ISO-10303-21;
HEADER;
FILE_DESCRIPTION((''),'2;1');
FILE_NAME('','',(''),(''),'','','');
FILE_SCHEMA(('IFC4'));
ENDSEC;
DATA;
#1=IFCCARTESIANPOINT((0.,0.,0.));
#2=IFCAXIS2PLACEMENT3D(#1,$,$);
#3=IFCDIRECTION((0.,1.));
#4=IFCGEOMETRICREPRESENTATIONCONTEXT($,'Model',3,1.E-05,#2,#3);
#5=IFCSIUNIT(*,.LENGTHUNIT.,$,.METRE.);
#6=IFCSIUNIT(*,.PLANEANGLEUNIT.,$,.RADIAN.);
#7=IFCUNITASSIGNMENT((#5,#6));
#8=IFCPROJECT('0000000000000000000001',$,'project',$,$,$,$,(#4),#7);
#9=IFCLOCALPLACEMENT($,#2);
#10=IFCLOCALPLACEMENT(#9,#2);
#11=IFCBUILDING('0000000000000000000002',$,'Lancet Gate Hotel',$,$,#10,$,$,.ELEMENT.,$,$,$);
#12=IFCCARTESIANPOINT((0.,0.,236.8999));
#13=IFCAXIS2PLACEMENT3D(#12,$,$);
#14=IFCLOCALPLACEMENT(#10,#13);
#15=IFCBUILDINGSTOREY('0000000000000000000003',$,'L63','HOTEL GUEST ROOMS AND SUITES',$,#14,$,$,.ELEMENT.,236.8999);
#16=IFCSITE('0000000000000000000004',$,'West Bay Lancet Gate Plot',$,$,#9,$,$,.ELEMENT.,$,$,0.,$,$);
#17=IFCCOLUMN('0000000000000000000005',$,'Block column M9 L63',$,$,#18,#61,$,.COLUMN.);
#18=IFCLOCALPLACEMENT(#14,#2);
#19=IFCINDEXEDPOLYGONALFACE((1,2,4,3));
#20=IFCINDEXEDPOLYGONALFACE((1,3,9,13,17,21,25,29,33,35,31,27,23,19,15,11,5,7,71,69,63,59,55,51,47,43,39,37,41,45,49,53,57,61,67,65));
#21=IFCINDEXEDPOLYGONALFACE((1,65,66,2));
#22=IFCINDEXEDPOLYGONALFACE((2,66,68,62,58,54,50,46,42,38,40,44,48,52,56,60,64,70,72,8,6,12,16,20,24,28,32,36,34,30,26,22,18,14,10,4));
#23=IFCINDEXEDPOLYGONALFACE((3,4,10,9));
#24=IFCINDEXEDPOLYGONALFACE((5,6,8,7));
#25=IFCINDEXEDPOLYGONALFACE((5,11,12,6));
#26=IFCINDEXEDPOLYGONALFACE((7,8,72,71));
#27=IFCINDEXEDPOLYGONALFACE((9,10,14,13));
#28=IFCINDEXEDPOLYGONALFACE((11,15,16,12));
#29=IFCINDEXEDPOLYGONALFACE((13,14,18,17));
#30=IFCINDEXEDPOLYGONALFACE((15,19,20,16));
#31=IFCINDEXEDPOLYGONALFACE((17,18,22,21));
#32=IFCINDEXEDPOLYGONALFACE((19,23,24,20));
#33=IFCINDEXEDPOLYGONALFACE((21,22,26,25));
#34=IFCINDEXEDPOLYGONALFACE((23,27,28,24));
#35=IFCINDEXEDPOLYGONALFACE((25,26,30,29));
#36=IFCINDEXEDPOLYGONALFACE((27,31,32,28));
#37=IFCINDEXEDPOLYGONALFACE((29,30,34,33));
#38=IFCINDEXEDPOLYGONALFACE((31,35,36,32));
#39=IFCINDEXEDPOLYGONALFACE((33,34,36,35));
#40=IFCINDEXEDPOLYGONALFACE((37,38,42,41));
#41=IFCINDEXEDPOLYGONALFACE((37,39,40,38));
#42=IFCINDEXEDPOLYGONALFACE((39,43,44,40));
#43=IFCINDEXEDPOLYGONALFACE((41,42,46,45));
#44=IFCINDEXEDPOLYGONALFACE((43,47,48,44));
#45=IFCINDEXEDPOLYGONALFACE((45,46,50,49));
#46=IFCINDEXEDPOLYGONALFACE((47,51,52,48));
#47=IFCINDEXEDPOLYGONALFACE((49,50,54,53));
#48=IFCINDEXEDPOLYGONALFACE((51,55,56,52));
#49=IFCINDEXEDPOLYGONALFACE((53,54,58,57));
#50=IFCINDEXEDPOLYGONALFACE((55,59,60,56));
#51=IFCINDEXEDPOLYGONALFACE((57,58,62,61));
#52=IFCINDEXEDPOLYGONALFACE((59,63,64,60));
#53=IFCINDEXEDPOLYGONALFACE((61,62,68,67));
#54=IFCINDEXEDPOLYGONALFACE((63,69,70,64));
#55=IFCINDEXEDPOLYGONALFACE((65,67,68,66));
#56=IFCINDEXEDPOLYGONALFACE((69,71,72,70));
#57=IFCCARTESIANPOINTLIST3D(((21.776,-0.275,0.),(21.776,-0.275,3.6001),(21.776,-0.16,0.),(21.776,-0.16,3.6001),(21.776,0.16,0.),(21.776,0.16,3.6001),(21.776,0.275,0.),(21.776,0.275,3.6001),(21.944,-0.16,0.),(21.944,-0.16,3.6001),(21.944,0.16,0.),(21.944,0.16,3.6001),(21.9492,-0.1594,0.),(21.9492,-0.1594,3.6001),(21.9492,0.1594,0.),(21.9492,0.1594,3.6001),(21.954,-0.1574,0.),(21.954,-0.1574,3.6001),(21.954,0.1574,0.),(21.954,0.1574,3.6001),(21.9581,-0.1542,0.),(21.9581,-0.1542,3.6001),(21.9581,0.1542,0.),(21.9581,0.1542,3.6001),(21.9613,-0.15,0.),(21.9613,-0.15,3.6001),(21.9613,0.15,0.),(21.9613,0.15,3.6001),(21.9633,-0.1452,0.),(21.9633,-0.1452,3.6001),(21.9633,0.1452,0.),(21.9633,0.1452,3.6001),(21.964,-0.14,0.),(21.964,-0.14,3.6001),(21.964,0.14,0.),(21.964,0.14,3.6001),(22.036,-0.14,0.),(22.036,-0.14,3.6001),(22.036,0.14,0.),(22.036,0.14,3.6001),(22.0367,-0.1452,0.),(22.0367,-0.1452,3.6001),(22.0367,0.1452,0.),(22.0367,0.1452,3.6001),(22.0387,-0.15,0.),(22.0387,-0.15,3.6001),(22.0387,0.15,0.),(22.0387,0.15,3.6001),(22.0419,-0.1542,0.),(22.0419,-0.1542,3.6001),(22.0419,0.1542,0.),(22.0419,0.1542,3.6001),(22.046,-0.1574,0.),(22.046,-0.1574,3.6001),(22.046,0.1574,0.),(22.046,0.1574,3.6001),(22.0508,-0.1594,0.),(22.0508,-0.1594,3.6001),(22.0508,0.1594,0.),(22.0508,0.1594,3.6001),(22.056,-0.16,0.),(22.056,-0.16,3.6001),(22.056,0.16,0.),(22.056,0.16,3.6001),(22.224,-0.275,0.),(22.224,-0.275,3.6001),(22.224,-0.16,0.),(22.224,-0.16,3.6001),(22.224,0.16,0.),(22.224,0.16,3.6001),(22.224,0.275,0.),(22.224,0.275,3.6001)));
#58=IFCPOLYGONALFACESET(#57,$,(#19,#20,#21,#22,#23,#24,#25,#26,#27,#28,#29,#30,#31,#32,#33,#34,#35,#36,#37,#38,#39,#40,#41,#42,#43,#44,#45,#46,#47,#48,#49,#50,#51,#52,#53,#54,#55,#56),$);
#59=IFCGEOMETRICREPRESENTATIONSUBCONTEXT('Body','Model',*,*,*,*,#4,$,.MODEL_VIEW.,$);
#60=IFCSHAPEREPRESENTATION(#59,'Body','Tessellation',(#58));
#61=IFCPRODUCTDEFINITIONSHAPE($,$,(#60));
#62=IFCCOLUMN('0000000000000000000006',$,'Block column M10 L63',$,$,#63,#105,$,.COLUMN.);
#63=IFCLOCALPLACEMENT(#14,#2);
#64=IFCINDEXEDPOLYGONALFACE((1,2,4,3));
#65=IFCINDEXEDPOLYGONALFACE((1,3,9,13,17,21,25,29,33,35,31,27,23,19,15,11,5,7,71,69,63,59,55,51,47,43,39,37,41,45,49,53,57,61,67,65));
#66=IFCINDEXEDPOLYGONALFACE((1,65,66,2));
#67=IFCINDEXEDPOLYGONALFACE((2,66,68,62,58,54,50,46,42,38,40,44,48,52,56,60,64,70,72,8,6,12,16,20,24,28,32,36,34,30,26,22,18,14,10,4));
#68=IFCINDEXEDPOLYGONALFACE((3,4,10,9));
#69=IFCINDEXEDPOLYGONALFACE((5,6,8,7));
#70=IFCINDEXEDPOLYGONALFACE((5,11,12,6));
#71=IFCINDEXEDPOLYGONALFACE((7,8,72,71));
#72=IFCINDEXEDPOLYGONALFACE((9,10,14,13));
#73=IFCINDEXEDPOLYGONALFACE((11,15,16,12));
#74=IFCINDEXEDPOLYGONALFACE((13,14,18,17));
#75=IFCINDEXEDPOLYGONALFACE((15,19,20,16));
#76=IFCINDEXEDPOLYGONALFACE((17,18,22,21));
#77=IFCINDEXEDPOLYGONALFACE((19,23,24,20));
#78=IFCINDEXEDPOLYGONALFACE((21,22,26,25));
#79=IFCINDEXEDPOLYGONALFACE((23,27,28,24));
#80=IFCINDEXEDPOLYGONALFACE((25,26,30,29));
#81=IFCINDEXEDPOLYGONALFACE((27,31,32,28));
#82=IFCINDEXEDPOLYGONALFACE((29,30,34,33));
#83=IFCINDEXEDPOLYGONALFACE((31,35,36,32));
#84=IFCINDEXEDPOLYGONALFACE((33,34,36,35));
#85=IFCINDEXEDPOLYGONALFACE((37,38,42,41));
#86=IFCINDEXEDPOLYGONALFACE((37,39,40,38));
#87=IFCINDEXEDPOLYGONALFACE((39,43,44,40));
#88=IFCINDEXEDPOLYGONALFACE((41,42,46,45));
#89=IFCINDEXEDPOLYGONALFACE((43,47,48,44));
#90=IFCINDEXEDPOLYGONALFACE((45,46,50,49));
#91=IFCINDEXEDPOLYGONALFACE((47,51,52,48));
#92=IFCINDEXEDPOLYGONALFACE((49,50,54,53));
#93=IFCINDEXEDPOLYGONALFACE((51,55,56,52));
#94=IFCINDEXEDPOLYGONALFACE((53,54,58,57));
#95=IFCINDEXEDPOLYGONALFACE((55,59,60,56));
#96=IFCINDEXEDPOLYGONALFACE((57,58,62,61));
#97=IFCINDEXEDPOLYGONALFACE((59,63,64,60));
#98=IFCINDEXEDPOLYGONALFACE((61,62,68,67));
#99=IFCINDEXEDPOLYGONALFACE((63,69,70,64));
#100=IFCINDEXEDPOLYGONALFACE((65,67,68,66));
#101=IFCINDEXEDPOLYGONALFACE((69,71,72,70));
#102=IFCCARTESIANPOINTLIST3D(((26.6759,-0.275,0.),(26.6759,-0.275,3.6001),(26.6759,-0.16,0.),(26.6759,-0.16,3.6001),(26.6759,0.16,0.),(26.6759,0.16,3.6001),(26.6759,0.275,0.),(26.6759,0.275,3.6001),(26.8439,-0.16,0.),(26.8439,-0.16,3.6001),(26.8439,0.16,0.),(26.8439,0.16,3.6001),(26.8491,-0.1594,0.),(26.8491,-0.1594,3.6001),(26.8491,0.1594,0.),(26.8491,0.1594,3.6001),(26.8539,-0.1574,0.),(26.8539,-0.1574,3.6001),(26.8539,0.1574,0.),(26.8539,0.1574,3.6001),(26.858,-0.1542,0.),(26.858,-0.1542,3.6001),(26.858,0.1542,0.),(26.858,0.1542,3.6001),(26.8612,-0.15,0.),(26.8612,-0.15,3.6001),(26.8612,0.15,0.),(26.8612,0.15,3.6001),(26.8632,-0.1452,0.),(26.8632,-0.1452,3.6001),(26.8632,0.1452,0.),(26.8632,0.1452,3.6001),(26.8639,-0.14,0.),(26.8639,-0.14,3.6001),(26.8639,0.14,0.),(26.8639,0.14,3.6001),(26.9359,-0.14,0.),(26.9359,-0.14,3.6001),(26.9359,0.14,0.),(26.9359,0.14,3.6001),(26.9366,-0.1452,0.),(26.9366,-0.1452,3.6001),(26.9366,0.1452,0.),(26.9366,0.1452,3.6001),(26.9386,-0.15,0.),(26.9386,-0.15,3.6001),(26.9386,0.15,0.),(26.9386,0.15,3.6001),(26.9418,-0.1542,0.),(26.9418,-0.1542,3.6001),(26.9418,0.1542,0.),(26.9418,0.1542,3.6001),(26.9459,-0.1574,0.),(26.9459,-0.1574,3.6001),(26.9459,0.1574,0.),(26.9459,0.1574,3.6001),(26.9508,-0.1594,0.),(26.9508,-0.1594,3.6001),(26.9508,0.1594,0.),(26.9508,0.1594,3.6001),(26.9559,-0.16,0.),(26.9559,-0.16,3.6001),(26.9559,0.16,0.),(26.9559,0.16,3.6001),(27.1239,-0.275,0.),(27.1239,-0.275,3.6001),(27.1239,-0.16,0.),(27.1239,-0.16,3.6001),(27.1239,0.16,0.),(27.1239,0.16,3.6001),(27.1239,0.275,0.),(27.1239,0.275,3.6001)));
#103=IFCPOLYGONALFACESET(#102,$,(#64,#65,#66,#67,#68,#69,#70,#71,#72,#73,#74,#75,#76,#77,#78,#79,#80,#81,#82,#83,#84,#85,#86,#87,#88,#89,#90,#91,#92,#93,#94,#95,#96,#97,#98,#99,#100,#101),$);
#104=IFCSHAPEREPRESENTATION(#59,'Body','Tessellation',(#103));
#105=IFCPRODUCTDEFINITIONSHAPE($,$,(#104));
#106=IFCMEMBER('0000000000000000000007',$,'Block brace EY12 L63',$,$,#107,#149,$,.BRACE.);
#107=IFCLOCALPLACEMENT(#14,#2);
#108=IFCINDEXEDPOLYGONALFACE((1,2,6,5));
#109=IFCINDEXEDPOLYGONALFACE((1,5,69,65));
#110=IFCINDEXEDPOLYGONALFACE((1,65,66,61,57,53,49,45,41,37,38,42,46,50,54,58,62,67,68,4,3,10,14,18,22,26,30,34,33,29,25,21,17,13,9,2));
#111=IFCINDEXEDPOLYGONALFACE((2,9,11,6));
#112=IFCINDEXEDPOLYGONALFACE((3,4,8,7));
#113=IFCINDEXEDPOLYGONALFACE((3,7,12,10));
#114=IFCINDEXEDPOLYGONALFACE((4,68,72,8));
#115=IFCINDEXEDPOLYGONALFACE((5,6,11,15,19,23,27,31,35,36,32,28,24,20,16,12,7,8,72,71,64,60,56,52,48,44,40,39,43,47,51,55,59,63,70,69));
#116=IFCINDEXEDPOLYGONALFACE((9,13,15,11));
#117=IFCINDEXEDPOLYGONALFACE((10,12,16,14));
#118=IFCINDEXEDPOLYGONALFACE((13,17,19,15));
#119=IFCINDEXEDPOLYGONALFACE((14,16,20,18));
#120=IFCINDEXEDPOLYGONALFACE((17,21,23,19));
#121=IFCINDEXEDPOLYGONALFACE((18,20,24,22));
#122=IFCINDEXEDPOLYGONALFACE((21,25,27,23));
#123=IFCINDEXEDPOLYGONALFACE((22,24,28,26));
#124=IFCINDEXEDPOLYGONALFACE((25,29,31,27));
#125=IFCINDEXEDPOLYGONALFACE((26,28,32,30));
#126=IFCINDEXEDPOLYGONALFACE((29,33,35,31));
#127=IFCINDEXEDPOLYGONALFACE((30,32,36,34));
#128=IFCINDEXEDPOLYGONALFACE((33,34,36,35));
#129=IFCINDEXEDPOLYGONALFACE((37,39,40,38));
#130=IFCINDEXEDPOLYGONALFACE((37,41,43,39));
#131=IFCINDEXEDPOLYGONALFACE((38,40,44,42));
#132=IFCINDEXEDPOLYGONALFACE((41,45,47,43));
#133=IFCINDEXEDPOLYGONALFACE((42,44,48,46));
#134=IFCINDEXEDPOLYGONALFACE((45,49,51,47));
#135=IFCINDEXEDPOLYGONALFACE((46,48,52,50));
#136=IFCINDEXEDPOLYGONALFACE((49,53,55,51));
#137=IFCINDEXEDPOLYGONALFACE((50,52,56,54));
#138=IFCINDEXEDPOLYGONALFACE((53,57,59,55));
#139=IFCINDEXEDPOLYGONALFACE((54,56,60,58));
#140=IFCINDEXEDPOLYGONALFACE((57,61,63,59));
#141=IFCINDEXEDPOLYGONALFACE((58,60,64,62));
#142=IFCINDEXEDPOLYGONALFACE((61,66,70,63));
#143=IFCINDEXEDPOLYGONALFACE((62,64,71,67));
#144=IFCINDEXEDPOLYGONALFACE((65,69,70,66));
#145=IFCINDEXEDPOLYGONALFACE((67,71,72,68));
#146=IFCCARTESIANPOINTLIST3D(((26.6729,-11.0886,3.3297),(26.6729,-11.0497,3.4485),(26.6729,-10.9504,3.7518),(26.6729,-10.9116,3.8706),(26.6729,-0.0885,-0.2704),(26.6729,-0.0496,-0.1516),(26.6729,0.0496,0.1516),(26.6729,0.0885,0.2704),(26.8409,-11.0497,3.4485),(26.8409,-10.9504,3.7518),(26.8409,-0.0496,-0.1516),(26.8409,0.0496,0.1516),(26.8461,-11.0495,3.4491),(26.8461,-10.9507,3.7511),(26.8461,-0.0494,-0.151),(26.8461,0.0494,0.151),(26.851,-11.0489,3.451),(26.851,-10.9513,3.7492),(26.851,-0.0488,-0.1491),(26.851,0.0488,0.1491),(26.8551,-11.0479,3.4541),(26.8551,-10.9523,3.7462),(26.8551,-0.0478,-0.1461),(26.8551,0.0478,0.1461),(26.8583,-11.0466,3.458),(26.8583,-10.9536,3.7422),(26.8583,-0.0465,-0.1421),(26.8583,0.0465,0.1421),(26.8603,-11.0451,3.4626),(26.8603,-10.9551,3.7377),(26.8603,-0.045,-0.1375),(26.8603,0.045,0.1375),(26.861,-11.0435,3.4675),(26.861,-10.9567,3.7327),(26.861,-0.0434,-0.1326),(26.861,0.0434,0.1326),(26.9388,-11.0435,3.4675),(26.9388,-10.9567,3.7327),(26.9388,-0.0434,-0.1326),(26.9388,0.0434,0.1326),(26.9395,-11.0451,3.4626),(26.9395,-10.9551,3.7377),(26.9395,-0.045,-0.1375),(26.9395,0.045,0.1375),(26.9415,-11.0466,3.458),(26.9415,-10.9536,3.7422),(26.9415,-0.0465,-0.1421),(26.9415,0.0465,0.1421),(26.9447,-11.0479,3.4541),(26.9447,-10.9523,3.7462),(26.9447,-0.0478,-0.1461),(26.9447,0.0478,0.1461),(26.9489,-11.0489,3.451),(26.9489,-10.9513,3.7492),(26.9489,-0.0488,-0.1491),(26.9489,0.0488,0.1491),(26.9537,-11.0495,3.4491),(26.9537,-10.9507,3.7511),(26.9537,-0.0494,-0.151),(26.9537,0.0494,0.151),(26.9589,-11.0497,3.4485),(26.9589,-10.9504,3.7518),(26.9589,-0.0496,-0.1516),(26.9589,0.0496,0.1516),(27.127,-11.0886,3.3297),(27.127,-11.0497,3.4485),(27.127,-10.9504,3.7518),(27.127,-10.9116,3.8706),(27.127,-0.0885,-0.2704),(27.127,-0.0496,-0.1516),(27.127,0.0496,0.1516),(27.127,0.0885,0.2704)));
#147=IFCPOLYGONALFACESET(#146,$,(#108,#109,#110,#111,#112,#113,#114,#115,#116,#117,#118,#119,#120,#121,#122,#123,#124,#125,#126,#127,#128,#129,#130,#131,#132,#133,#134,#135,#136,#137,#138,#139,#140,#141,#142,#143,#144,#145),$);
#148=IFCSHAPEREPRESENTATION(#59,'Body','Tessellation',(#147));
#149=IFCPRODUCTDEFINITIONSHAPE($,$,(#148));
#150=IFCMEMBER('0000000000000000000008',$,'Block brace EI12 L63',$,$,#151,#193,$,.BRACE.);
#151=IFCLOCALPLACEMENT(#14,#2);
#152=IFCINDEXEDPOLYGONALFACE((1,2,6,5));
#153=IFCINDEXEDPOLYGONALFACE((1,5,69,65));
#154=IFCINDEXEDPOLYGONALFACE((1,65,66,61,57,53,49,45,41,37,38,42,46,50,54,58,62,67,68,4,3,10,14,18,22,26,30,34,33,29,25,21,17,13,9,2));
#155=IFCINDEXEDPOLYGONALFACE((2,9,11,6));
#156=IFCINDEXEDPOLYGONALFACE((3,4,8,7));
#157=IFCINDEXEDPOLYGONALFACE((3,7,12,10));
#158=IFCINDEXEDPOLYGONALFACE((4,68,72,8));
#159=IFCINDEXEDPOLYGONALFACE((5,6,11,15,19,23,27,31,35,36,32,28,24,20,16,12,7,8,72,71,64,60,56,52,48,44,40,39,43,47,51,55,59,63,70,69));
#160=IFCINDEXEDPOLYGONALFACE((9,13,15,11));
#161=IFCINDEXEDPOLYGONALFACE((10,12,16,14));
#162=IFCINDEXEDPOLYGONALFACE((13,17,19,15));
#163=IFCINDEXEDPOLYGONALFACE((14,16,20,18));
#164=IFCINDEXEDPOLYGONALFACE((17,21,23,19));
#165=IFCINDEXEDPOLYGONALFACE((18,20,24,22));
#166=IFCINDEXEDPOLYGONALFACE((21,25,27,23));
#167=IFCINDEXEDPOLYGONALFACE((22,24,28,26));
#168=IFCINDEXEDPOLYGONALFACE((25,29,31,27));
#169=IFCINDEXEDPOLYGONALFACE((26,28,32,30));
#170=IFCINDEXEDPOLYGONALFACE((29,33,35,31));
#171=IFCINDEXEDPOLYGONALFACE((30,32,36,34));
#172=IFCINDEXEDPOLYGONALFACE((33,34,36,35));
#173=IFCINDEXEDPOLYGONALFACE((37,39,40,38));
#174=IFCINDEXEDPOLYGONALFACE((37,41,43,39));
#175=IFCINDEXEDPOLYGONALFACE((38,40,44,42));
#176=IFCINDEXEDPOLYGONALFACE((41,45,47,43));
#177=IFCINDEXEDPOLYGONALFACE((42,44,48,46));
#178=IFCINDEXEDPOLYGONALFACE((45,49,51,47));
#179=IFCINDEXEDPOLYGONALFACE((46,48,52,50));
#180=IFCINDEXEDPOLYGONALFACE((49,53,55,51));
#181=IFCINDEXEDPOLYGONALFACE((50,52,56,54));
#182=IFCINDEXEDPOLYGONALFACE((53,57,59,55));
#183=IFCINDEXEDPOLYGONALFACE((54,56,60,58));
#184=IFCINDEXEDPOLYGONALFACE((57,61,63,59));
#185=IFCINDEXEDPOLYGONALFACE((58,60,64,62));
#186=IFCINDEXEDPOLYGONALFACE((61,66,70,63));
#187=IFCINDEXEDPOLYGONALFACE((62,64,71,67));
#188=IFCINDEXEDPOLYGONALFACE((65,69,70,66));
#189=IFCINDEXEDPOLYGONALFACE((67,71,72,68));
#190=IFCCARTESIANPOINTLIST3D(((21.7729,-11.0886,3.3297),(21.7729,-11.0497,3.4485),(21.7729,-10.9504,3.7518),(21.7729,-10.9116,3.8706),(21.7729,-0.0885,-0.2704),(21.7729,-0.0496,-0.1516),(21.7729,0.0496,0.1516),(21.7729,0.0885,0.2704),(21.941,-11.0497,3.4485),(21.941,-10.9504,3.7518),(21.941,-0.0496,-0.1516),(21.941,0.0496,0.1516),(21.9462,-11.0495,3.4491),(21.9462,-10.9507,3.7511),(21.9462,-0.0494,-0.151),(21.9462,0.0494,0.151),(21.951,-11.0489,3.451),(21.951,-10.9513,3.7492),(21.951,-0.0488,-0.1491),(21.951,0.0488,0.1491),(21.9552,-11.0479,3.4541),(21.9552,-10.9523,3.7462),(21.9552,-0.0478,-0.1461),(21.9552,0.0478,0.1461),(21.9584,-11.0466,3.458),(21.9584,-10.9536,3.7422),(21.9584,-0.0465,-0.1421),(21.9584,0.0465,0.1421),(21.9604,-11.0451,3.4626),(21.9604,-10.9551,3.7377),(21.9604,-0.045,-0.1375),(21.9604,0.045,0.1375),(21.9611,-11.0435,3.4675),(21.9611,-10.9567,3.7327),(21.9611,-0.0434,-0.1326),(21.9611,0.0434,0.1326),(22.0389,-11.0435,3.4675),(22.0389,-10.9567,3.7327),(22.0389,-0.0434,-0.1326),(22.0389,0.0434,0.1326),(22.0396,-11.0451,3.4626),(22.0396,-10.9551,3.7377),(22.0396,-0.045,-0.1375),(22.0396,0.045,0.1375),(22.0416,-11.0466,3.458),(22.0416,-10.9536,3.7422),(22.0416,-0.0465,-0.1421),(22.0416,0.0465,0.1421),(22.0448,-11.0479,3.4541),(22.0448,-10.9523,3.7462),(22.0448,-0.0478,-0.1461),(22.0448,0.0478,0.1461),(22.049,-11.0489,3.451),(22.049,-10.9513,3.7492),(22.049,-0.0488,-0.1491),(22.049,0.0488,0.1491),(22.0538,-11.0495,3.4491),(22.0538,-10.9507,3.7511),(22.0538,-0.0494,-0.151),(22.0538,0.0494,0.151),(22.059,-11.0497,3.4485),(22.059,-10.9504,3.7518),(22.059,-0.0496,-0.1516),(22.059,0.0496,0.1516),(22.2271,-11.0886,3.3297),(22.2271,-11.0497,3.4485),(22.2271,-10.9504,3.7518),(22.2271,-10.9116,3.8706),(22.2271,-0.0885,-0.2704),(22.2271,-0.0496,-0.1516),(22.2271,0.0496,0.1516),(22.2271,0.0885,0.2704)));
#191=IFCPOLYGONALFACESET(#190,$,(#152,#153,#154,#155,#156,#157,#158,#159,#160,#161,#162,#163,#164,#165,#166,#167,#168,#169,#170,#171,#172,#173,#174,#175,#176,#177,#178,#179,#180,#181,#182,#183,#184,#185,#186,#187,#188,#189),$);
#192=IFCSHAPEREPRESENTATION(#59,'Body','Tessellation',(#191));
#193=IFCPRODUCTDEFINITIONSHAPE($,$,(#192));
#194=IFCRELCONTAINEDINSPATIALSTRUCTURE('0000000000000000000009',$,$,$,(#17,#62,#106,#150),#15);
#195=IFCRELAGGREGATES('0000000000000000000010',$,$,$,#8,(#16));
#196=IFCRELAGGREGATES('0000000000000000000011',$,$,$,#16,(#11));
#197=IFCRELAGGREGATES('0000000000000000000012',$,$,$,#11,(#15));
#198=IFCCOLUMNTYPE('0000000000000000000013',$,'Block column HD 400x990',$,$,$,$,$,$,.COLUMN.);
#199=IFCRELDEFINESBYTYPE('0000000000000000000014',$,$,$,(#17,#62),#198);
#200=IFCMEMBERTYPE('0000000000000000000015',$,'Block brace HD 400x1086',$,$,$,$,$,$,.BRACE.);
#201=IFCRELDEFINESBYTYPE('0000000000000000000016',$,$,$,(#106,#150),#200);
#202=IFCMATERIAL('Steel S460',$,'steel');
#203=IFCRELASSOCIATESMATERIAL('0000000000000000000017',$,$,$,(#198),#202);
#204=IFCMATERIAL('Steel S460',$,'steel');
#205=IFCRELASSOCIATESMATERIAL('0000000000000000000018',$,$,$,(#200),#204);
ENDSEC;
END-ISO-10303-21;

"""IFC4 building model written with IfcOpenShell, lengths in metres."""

from ifc_helpers import new_model, si_unit, direction, frame, origin, origin_2d, place, context, subcontext, project, spatial, i_section, extrude, material, material_profile, profile_set, type_object, element, save


model = new_model("IFC4")

# Units and contexts
model_context = context("Model", 3, precision=1e-05, world=origin(), true_north=direction((0.0, 1.0)))
body_context = subcontext(model_context, "Body", "Model", "MODEL_VIEW")
ifc_project = project(units=[si_unit("LENGTHUNIT", "METRE"), si_unit("PLANEANGLEUNIT", "RADIAN")], contexts=[model_context])

# Site, building, storey
site_placement = place(None, origin())
site = spatial("IfcSite", under=ifc_project, at=site_placement, Name="West Bay Lancet Gate Plot", CompositionType="ELEMENT", RefElevation=0.0)
building_placement = place(site_placement, origin())
building = spatial("IfcBuilding", under=site, at=building_placement, Name="Lancet Gate Hotel", CompositionType="ELEMENT")
storey_placement = place(building_placement, frame((0.0, 0.0, 236.8999)))
storey = spatial("IfcBuildingStorey", under=building, at=storey_placement, Name="L63", Description="HOTEL GUEST ROOMS AND SUITES", CompositionType="ELEMENT", Elevation=236.8999)

# Columns
ifc_material_1 = material(Name="Steel S460", Category="steel")
ifc_material_profile_1 = material_profile(ifc_material_1, i_section(OverallWidth=0.448, OverallDepth=0.55, WebThickness=0.072, FlangeThickness=0.115, FilletRadius=0.02, at=origin_2d()), Name="HD 400x990")
ifc_profile_set_1 = profile_set([ifc_material_profile_1], Name="Steel S460")
column_type = type_object("IfcColumnType", Name="Block column HD 400x990", PredefinedType="COLUMN", material=ifc_profile_set_1)
for number, where, z_axis, x_axis, name in (
    (1, (22.0, 0.0, 0.0), (0.0, 0.0, 1.0), (1.0, 0.0, 0.0), "Block column M9 L63"),
    (2, (26.8999, 0.0, 0.0), (0.0, 0.0, 1.0), (1.0, 0.0, 0.0), "Block column M10 L63"),
):
    element("IfcColumn", number, at=place(storey_placement, frame(where, z_axis=z_axis, x_axis=x_axis)), inside=storey, type_object=column_type, Name=name, PredefinedType="COLUMN", context=body_context, shape_type="SweptSolid", body=[
        extrude(i_section(OverallWidth=0.448, OverallDepth=0.55, WebThickness=0.072, FlangeThickness=0.115, FilletRadius=0.02, at=origin_2d()), origin(), (0.0, 0.0, 1.0), 3.6001),
    ])

# Members
ifc_material_2 = material(Name="Steel S460", Category="steel")
ifc_material_profile_2 = material_profile(ifc_material_2, i_section(OverallWidth=0.4541, OverallDepth=0.5691, WebThickness=0.0779, FlangeThickness=0.125, FilletRadius=0.02, at=origin_2d()), Name="HD 400x1086")
ifc_profile_set_2 = profile_set([ifc_material_profile_2], Name="Steel S460")
member_type = type_object("IfcMemberType", Name="Block brace HD 400x1086", PredefinedType="BRACE", material=ifc_profile_set_2)
for number, where, z_axis, x_axis, name in (
    (3, (26.8999, 0.0, 0.0), (0.0, -0.950395, 0.311047), (1.0, 0.0, 0.0), "Block brace EY12 L63"),
    (4, (22.0, 0.0, 0.0), (0.0, -0.950395, 0.311047), (1.0, 0.0, 0.0), "Block brace EI12 L63"),
):
    element("IfcMember", number, at=place(storey_placement, frame(where, z_axis=z_axis, x_axis=x_axis)), inside=storey, type_object=member_type, Name=name, PredefinedType="BRACE", context=body_context, shape_type="SweptSolid", body=[
        extrude(i_section(OverallWidth=0.4541, OverallDepth=0.5691, WebThickness=0.0779, FlangeThickness=0.125, FilletRadius=0.02, at=origin_2d()), origin(), (0.0, 0.0, 1.0), 11.5742),
    ])

save(model, "model.ifc")
